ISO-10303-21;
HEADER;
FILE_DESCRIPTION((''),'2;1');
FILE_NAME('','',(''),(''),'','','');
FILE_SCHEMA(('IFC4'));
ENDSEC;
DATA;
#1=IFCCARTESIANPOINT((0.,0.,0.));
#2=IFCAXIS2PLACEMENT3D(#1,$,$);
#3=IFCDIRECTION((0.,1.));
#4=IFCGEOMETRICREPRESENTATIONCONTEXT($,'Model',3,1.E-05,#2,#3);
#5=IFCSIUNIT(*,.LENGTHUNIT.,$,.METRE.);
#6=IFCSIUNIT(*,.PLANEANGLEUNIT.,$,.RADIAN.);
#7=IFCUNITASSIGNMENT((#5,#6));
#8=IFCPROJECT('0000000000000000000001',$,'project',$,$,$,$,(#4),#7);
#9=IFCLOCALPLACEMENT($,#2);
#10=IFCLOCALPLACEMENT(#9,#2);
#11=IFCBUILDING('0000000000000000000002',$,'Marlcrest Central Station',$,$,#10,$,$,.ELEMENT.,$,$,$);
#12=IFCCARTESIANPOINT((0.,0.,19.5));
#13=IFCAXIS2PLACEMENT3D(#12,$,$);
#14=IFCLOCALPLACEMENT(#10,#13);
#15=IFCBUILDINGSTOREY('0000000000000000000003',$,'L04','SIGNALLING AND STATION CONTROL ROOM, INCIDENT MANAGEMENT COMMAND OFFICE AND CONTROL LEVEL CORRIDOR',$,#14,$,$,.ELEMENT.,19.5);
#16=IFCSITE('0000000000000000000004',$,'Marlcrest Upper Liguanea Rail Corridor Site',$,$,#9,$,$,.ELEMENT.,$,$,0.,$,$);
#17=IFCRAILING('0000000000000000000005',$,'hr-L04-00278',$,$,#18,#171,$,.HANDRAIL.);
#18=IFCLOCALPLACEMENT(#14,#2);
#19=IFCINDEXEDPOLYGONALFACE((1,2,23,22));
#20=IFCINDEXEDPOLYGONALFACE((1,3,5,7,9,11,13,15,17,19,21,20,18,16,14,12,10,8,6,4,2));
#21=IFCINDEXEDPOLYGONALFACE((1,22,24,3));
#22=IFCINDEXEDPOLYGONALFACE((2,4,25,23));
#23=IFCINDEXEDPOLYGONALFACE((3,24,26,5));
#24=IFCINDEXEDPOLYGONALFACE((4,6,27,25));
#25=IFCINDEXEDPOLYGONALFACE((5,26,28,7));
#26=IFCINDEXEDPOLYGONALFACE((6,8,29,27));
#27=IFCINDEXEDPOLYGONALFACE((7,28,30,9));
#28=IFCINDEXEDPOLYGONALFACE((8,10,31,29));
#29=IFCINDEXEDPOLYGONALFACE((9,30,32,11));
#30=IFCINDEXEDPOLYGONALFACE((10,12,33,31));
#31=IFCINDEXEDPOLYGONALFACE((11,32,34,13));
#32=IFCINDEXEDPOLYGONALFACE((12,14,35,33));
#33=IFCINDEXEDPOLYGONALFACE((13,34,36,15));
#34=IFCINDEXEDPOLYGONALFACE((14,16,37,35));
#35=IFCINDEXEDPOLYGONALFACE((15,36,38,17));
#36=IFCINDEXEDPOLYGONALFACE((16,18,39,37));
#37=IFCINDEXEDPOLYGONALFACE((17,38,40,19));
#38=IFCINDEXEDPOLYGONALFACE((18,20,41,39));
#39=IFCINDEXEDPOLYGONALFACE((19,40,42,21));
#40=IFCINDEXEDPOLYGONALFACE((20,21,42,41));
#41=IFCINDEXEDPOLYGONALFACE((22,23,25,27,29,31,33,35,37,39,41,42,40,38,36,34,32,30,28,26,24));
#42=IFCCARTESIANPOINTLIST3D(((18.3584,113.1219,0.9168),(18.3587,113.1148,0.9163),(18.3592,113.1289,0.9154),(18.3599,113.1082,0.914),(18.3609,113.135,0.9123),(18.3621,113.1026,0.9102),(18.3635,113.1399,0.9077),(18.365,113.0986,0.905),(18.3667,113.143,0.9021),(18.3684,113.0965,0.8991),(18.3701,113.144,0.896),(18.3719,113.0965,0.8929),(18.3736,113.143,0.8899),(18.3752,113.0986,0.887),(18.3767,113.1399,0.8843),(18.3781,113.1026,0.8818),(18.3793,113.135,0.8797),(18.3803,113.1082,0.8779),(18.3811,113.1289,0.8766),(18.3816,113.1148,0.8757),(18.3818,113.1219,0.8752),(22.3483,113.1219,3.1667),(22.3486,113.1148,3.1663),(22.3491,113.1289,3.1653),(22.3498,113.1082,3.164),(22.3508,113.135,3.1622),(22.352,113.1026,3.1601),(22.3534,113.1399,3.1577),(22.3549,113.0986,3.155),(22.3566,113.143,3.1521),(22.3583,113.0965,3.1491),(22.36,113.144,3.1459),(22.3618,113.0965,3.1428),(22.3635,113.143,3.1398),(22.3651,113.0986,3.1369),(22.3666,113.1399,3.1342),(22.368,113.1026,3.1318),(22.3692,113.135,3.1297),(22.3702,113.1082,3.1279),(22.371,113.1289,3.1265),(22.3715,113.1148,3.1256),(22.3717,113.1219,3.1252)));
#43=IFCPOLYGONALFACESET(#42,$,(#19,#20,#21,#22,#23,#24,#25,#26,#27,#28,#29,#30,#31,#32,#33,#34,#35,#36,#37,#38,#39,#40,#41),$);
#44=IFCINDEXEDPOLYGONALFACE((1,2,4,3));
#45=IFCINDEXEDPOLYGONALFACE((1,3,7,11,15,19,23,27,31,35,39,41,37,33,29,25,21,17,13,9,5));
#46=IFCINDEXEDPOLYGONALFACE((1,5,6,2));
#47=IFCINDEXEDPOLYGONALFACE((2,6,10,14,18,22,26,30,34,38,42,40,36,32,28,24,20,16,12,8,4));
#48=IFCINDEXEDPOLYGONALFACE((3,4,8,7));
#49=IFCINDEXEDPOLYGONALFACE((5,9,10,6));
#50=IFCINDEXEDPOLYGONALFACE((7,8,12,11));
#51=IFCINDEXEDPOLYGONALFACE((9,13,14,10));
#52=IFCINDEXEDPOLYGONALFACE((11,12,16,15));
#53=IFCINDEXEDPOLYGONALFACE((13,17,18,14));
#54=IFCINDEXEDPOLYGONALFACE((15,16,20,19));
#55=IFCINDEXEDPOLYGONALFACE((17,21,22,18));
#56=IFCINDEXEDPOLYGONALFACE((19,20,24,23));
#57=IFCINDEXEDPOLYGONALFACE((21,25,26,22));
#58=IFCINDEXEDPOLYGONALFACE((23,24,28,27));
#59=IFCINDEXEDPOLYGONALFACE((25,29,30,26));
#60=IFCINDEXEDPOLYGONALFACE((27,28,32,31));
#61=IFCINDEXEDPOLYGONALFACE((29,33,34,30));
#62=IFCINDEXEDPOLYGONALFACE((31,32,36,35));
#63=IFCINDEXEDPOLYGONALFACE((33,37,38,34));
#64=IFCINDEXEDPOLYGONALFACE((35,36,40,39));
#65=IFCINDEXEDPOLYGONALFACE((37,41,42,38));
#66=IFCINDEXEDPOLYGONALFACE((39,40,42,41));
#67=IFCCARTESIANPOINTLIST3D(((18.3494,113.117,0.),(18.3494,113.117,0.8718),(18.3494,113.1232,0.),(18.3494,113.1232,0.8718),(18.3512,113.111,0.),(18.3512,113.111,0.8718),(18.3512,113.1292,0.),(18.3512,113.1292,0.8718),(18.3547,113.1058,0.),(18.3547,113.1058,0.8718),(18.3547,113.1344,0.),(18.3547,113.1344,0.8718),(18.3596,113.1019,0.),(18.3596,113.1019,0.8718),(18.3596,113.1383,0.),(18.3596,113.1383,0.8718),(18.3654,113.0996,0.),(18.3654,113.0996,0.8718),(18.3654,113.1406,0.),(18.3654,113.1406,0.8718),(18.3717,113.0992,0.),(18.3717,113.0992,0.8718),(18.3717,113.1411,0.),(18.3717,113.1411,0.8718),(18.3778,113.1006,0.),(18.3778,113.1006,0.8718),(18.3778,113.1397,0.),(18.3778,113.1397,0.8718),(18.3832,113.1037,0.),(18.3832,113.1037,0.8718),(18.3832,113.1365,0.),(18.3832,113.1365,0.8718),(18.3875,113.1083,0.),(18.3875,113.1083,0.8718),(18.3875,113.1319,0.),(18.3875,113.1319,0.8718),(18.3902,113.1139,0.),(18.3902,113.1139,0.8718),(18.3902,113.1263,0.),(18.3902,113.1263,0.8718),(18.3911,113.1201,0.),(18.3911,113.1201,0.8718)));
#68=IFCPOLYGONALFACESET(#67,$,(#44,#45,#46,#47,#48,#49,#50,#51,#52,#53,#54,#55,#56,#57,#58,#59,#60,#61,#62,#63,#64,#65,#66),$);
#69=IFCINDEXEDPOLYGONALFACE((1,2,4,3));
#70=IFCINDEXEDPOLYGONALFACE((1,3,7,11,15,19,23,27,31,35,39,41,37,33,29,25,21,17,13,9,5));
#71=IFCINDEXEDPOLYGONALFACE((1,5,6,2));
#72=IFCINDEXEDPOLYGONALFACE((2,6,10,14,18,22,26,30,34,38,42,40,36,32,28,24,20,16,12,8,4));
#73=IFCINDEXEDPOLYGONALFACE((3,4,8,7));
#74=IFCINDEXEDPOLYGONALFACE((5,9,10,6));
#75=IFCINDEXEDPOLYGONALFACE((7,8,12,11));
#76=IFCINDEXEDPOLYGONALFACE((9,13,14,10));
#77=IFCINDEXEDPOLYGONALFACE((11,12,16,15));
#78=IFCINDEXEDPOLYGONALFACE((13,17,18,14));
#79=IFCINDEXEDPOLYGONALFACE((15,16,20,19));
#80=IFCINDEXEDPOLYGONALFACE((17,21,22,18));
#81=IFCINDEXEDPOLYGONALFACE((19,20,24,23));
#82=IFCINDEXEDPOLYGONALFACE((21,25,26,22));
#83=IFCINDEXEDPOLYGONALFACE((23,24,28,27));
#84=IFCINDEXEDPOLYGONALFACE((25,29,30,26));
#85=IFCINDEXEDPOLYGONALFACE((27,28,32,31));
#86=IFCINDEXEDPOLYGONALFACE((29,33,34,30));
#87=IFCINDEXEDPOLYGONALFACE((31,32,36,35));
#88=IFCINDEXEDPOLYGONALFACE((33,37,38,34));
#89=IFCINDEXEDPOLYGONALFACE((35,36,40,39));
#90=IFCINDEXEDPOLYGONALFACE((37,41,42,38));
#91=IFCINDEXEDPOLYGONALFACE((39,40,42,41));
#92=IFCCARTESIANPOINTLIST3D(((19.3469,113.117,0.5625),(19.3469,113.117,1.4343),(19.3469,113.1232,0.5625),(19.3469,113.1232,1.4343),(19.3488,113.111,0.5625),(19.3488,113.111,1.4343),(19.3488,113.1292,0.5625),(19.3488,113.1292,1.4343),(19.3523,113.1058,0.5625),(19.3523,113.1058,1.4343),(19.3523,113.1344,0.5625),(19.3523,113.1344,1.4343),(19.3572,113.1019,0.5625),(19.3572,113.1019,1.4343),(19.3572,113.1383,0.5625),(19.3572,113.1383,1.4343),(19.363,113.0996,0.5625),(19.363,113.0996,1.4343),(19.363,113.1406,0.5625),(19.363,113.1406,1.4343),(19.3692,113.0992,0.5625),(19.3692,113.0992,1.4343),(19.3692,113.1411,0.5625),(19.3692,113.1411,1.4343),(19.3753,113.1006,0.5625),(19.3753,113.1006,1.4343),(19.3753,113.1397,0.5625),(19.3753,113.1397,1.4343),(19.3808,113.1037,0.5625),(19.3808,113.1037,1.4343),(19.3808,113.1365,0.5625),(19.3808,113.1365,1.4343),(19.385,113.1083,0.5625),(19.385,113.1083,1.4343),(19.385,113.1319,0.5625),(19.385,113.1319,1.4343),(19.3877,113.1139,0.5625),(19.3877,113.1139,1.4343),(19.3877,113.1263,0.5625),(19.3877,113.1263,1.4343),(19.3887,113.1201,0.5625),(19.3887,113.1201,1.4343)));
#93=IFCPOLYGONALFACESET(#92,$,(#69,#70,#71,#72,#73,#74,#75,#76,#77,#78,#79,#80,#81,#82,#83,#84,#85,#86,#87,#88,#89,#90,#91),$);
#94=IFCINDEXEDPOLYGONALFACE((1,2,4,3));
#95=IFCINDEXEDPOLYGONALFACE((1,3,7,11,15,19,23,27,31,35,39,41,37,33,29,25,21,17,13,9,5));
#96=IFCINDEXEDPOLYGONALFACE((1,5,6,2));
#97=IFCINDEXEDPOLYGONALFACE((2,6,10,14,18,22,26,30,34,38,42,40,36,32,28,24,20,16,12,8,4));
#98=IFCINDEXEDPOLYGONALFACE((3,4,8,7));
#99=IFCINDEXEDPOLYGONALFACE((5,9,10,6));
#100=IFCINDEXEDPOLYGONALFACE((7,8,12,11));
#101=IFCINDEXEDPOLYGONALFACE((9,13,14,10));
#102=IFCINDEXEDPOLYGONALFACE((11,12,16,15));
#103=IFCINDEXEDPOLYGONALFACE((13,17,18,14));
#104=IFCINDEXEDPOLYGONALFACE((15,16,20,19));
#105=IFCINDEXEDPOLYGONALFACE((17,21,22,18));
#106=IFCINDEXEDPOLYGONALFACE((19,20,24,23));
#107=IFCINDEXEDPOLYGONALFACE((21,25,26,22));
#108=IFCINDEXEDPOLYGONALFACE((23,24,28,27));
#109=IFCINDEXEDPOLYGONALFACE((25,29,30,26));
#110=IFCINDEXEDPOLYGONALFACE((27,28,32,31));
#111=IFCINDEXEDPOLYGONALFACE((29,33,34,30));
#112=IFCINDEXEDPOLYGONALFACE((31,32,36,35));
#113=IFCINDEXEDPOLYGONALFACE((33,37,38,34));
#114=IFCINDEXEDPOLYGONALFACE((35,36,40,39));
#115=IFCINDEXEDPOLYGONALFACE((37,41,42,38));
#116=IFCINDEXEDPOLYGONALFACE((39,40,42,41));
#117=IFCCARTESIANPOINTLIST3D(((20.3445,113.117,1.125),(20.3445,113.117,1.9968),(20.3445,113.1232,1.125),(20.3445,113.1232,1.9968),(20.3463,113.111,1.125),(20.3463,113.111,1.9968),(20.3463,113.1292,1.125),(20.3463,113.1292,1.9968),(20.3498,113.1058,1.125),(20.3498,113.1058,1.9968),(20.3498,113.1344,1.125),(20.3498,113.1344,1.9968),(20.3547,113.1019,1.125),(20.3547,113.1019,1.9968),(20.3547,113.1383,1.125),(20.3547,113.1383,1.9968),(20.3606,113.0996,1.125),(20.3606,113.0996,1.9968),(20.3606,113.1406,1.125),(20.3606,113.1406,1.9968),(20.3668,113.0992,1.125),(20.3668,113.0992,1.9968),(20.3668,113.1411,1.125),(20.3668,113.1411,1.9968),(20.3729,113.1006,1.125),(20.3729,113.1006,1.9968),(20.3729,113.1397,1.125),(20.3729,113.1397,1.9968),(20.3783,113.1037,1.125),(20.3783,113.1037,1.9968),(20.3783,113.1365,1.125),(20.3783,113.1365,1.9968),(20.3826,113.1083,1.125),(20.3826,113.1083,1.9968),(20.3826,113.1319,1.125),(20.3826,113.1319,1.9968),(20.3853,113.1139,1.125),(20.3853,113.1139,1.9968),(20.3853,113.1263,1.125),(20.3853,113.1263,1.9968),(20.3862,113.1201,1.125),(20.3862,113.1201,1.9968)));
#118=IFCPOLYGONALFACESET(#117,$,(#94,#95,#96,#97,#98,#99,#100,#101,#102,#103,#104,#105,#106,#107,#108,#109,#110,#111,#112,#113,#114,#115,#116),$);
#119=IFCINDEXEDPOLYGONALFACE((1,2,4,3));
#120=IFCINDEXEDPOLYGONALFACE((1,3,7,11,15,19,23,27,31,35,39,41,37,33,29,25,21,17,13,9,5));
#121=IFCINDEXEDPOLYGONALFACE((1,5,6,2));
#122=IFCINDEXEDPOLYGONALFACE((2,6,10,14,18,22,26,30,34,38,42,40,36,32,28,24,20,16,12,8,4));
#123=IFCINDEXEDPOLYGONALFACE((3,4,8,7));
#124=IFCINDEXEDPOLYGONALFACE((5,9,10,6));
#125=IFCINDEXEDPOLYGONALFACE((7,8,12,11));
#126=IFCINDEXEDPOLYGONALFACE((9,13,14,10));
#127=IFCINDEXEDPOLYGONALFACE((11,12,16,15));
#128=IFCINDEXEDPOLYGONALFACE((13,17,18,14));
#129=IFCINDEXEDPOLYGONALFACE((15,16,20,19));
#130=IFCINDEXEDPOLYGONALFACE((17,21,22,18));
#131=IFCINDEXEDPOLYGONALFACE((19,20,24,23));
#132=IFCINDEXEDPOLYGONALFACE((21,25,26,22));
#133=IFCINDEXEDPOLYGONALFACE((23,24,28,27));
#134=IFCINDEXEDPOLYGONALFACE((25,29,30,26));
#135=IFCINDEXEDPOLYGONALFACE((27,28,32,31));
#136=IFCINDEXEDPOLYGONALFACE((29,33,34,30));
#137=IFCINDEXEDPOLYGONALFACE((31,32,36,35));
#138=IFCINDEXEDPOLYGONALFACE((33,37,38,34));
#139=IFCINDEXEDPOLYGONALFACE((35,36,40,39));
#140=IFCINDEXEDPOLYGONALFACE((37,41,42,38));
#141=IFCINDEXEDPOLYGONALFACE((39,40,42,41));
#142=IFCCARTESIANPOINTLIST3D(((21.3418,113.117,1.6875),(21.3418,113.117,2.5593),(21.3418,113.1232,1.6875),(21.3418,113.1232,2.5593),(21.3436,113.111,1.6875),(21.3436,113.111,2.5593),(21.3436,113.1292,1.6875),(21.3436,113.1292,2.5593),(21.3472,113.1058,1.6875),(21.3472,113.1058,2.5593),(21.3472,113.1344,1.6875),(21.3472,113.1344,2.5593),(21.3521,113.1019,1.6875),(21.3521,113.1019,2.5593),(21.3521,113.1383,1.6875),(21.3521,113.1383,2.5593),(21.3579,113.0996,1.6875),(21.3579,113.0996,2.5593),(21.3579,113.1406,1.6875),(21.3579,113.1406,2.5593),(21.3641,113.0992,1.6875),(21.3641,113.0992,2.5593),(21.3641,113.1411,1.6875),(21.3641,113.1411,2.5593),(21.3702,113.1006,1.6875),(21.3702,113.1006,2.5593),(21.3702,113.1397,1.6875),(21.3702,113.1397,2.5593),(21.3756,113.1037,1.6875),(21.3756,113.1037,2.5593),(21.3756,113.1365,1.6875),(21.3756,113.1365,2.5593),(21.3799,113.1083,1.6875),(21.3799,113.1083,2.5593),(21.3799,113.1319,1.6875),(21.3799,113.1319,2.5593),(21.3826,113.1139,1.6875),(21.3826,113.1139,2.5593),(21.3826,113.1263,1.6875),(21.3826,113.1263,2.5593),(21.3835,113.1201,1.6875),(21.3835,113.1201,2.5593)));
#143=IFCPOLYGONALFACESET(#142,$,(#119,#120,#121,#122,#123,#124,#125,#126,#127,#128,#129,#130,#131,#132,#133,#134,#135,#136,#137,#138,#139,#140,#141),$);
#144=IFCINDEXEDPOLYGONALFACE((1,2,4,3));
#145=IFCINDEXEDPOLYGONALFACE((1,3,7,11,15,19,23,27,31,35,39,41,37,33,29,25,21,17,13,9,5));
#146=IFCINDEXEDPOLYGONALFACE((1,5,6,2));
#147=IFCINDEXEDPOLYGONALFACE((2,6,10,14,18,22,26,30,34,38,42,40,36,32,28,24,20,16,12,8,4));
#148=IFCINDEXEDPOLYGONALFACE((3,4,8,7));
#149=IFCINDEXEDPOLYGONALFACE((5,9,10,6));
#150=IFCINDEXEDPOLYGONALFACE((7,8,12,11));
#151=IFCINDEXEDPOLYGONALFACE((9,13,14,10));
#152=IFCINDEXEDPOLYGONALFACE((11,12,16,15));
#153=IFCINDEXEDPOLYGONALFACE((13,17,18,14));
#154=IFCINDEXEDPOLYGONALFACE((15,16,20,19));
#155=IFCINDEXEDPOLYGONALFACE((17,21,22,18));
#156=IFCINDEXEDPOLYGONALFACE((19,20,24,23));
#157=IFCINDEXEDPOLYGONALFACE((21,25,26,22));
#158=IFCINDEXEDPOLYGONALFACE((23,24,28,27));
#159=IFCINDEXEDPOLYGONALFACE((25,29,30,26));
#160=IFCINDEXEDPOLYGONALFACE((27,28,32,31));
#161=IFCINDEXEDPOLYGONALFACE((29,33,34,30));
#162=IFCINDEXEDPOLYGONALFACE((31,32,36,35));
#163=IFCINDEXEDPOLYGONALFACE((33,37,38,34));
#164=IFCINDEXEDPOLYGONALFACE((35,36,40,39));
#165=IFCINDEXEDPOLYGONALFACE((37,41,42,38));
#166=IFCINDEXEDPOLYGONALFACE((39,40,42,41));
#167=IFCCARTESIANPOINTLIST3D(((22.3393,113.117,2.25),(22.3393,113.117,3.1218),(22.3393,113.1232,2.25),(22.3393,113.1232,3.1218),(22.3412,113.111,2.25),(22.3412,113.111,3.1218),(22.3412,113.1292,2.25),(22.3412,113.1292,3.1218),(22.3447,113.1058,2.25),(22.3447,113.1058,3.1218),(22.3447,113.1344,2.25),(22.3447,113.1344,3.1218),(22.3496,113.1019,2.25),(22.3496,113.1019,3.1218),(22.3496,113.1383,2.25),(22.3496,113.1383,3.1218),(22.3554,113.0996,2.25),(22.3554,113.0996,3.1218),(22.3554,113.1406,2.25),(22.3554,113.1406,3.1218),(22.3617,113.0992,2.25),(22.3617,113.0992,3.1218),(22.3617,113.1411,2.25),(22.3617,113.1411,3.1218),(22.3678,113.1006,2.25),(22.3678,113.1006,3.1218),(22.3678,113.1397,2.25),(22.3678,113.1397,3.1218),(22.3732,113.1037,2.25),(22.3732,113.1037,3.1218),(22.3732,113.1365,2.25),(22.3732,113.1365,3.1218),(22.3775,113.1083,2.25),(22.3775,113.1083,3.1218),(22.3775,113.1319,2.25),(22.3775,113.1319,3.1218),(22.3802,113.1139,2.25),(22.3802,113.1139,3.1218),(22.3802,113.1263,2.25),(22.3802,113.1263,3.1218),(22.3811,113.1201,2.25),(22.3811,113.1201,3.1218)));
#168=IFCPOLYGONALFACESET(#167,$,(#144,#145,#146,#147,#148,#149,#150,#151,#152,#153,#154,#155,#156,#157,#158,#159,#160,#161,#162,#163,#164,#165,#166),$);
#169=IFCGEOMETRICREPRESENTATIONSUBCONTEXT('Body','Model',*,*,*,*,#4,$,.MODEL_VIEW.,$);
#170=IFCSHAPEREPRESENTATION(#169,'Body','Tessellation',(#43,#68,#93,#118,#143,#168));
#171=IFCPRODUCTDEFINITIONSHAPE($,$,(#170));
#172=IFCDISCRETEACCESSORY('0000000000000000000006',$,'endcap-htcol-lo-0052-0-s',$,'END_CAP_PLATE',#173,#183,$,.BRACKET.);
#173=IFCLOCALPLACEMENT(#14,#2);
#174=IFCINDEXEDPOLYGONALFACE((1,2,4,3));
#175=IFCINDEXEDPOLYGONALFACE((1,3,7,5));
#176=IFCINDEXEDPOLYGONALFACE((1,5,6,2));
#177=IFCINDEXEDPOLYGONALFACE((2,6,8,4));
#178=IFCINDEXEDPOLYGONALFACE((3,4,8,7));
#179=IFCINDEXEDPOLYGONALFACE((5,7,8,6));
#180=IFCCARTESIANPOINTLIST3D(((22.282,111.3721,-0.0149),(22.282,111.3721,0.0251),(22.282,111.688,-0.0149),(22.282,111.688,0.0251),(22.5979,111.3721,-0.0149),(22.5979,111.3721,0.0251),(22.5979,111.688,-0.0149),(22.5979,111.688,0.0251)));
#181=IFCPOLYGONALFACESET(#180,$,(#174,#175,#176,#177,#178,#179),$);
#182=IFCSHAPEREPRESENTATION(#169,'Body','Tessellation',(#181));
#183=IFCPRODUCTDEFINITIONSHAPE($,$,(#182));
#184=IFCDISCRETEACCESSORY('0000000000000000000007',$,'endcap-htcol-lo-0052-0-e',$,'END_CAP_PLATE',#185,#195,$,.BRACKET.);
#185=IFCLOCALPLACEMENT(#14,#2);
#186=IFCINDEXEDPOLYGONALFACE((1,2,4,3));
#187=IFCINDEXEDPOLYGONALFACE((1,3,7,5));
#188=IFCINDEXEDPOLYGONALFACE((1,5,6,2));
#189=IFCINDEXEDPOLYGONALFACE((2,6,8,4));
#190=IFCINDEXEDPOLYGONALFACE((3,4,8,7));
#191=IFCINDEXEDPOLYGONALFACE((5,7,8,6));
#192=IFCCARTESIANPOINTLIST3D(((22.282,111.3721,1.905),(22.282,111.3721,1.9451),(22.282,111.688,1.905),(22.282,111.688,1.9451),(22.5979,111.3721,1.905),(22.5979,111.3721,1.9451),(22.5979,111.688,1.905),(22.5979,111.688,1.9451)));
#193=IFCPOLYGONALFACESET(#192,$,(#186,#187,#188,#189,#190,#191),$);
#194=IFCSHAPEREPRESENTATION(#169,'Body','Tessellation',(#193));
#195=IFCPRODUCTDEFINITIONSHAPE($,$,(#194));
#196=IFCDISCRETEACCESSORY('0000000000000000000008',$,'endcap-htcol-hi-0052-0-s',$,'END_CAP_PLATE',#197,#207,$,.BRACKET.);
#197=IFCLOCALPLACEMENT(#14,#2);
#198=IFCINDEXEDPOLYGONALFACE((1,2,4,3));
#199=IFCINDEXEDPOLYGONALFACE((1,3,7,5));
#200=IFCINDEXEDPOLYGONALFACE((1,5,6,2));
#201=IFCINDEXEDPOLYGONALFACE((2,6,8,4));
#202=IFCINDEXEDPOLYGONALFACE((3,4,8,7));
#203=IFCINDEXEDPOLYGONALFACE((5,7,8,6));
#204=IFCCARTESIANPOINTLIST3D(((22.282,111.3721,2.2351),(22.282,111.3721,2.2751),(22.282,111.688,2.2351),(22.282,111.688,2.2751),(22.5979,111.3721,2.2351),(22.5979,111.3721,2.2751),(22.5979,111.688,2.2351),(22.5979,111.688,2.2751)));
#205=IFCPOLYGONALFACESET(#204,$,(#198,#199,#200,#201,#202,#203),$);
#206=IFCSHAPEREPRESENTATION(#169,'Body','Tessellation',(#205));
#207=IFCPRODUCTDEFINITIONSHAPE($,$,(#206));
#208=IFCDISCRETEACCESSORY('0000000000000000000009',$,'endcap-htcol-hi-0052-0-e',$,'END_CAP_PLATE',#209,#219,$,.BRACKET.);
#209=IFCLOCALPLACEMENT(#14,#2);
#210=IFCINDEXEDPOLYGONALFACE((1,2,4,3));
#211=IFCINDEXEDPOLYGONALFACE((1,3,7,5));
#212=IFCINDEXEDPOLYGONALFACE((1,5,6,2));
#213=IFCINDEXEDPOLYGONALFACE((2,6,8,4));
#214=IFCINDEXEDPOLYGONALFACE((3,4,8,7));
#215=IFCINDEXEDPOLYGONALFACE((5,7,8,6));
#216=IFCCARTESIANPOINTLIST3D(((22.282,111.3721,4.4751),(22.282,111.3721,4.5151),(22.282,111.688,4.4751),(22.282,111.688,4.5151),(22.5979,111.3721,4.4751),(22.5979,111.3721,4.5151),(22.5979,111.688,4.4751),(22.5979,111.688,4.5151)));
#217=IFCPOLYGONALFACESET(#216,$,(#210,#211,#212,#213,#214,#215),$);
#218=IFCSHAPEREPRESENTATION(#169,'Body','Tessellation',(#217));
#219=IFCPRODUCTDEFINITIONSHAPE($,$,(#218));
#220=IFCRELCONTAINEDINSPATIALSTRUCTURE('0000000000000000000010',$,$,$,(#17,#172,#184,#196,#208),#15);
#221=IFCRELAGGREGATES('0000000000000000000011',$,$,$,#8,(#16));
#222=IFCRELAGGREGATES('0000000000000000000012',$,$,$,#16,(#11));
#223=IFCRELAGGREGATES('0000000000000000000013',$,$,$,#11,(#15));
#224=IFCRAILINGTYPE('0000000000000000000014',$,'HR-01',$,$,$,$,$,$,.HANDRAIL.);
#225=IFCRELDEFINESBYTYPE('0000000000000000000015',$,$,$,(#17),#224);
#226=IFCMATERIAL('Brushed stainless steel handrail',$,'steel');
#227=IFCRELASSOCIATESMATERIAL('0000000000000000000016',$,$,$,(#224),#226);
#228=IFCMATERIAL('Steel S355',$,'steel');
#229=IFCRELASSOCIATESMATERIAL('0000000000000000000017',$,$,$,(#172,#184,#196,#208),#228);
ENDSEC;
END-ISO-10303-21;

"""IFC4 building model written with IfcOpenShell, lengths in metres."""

from ifc_helpers import new_model, si_unit, direction, frame, origin, origin_2d, place, context, subcontext, project, spatial, rectangle, circle, extrude, material, type_object, element, save


model = new_model("IFC4")

# Units and contexts
model_context = context("Model", 3, precision=1e-05, world=origin(), true_north=direction((0.0, 1.0)))
body_context = subcontext(model_context, "Body", "Model", "MODEL_VIEW")
ifc_project = project(units=[si_unit("LENGTHUNIT", "METRE"), si_unit("PLANEANGLEUNIT", "RADIAN")], contexts=[model_context])

# Site, building, storey
site_placement = place(None, origin())
site = spatial("IfcSite", under=ifc_project, at=site_placement, Name="Marlcrest Upper Liguanea Rail Corridor Site", CompositionType="ELEMENT", RefElevation=0.0)
building_placement = place(site_placement, origin())
building = spatial("IfcBuilding", under=site, at=building_placement, Name="Marlcrest Central Station", CompositionType="ELEMENT")
storey_placement = place(building_placement, frame((0.0, 0.0, 19.5)))
storey = spatial("IfcBuildingStorey", under=building, at=storey_placement, Name="L04", Description="SIGNALLING AND STATION CONTROL ROOM, INCIDENT MANAGEMENT COMMAND OFFICE AND CONTROL LEVEL CORRIDOR", CompositionType="ELEMENT", Elevation=19.5)

# Shared definitions
ifc_material_1 = material(Name="Steel S355", Category="steel")

# Railing
ifc_material_2 = material(Name="Brushed stainless steel handrail", Category="steel")
railing_type_1 = type_object("IfcRailingType", Name="HR-01", PredefinedType="HANDRAIL", material=ifc_material_2)
railing_1_placement = place(storey_placement, frame((18.3701, 113.1201, 0.0)))
element("IfcRailing", 1, at=railing_1_placement, inside=storey, type_object=railing_type_1, Name="hr-L04-00278", PredefinedType="HANDRAIL", context=body_context, shape_type="SweptSolid", body=[
    extrude(circle(Radius=0.0239, at=origin_2d()), frame((0.0, 0.0, 0.896), z_axis=(0.87105, 0.0, 0.491195), x_axis=(0.0, 1.0, 0.0)), (0.0, 0.0, 1.0), 4.5806),
    extrude(circle(Radius=0.021, at=origin_2d()), origin(), (0.0, 0.0, 1.0), 0.8718),
    extrude(circle(Radius=0.021, at=origin_2d()), frame((0.9976, 0.0, 0.5625)), (0.0, 0.0, 1.0), 0.8718),
    extrude(circle(Radius=0.021, at=origin_2d()), frame((1.9951, 0.0, 1.125)), (0.0, 0.0, 1.0), 0.8718),
    extrude(circle(Radius=0.021, at=origin_2d()), frame((2.9924, 0.0, 1.6875)), (0.0, 0.0, 1.0), 0.8718),
    extrude(circle(Radius=0.021, at=origin_2d()), frame((3.99, 0.0, 2.25)), (0.0, 0.0, 1.0), 0.8718),
])

# Discrete accessories
for number, where, z_axis, x_axis, name in (
    (2, (22.4399, 111.53, -0.0149), (0.0, 0.0, 1.0), (1.0, 0.0, 0.0), "endcap-htcol-lo-0052-0-s"),
    (3, (22.4399, 111.53, 1.905), (0.0, 0.0, 1.0), (1.0, 0.0, 0.0), "endcap-htcol-lo-0052-0-e"),
    (4, (22.4399, 111.53, 2.2351), (0.0, 0.0, 1.0), (1.0, 0.0, 0.0), "endcap-htcol-hi-0052-0-s"),
    (5, (22.4399, 111.53, 4.4751), (0.0, 0.0, 1.0), (1.0, 0.0, 0.0), "endcap-htcol-hi-0052-0-e"),
):
    element("IfcDiscreteAccessory", number, at=place(storey_placement, frame(where, z_axis=z_axis, x_axis=x_axis)), inside=storey, material=ifc_material_1, Name=name, ObjectType="END_CAP_PLATE", PredefinedType="BRACKET", context=body_context, shape_type="SweptSolid", body=[
        extrude(rectangle(XDim=0.3159, YDim=0.3159, at=origin_2d()), origin(), (0.0, 0.0, 1.0), 0.04),
    ])

save(model, "model.ifc")
